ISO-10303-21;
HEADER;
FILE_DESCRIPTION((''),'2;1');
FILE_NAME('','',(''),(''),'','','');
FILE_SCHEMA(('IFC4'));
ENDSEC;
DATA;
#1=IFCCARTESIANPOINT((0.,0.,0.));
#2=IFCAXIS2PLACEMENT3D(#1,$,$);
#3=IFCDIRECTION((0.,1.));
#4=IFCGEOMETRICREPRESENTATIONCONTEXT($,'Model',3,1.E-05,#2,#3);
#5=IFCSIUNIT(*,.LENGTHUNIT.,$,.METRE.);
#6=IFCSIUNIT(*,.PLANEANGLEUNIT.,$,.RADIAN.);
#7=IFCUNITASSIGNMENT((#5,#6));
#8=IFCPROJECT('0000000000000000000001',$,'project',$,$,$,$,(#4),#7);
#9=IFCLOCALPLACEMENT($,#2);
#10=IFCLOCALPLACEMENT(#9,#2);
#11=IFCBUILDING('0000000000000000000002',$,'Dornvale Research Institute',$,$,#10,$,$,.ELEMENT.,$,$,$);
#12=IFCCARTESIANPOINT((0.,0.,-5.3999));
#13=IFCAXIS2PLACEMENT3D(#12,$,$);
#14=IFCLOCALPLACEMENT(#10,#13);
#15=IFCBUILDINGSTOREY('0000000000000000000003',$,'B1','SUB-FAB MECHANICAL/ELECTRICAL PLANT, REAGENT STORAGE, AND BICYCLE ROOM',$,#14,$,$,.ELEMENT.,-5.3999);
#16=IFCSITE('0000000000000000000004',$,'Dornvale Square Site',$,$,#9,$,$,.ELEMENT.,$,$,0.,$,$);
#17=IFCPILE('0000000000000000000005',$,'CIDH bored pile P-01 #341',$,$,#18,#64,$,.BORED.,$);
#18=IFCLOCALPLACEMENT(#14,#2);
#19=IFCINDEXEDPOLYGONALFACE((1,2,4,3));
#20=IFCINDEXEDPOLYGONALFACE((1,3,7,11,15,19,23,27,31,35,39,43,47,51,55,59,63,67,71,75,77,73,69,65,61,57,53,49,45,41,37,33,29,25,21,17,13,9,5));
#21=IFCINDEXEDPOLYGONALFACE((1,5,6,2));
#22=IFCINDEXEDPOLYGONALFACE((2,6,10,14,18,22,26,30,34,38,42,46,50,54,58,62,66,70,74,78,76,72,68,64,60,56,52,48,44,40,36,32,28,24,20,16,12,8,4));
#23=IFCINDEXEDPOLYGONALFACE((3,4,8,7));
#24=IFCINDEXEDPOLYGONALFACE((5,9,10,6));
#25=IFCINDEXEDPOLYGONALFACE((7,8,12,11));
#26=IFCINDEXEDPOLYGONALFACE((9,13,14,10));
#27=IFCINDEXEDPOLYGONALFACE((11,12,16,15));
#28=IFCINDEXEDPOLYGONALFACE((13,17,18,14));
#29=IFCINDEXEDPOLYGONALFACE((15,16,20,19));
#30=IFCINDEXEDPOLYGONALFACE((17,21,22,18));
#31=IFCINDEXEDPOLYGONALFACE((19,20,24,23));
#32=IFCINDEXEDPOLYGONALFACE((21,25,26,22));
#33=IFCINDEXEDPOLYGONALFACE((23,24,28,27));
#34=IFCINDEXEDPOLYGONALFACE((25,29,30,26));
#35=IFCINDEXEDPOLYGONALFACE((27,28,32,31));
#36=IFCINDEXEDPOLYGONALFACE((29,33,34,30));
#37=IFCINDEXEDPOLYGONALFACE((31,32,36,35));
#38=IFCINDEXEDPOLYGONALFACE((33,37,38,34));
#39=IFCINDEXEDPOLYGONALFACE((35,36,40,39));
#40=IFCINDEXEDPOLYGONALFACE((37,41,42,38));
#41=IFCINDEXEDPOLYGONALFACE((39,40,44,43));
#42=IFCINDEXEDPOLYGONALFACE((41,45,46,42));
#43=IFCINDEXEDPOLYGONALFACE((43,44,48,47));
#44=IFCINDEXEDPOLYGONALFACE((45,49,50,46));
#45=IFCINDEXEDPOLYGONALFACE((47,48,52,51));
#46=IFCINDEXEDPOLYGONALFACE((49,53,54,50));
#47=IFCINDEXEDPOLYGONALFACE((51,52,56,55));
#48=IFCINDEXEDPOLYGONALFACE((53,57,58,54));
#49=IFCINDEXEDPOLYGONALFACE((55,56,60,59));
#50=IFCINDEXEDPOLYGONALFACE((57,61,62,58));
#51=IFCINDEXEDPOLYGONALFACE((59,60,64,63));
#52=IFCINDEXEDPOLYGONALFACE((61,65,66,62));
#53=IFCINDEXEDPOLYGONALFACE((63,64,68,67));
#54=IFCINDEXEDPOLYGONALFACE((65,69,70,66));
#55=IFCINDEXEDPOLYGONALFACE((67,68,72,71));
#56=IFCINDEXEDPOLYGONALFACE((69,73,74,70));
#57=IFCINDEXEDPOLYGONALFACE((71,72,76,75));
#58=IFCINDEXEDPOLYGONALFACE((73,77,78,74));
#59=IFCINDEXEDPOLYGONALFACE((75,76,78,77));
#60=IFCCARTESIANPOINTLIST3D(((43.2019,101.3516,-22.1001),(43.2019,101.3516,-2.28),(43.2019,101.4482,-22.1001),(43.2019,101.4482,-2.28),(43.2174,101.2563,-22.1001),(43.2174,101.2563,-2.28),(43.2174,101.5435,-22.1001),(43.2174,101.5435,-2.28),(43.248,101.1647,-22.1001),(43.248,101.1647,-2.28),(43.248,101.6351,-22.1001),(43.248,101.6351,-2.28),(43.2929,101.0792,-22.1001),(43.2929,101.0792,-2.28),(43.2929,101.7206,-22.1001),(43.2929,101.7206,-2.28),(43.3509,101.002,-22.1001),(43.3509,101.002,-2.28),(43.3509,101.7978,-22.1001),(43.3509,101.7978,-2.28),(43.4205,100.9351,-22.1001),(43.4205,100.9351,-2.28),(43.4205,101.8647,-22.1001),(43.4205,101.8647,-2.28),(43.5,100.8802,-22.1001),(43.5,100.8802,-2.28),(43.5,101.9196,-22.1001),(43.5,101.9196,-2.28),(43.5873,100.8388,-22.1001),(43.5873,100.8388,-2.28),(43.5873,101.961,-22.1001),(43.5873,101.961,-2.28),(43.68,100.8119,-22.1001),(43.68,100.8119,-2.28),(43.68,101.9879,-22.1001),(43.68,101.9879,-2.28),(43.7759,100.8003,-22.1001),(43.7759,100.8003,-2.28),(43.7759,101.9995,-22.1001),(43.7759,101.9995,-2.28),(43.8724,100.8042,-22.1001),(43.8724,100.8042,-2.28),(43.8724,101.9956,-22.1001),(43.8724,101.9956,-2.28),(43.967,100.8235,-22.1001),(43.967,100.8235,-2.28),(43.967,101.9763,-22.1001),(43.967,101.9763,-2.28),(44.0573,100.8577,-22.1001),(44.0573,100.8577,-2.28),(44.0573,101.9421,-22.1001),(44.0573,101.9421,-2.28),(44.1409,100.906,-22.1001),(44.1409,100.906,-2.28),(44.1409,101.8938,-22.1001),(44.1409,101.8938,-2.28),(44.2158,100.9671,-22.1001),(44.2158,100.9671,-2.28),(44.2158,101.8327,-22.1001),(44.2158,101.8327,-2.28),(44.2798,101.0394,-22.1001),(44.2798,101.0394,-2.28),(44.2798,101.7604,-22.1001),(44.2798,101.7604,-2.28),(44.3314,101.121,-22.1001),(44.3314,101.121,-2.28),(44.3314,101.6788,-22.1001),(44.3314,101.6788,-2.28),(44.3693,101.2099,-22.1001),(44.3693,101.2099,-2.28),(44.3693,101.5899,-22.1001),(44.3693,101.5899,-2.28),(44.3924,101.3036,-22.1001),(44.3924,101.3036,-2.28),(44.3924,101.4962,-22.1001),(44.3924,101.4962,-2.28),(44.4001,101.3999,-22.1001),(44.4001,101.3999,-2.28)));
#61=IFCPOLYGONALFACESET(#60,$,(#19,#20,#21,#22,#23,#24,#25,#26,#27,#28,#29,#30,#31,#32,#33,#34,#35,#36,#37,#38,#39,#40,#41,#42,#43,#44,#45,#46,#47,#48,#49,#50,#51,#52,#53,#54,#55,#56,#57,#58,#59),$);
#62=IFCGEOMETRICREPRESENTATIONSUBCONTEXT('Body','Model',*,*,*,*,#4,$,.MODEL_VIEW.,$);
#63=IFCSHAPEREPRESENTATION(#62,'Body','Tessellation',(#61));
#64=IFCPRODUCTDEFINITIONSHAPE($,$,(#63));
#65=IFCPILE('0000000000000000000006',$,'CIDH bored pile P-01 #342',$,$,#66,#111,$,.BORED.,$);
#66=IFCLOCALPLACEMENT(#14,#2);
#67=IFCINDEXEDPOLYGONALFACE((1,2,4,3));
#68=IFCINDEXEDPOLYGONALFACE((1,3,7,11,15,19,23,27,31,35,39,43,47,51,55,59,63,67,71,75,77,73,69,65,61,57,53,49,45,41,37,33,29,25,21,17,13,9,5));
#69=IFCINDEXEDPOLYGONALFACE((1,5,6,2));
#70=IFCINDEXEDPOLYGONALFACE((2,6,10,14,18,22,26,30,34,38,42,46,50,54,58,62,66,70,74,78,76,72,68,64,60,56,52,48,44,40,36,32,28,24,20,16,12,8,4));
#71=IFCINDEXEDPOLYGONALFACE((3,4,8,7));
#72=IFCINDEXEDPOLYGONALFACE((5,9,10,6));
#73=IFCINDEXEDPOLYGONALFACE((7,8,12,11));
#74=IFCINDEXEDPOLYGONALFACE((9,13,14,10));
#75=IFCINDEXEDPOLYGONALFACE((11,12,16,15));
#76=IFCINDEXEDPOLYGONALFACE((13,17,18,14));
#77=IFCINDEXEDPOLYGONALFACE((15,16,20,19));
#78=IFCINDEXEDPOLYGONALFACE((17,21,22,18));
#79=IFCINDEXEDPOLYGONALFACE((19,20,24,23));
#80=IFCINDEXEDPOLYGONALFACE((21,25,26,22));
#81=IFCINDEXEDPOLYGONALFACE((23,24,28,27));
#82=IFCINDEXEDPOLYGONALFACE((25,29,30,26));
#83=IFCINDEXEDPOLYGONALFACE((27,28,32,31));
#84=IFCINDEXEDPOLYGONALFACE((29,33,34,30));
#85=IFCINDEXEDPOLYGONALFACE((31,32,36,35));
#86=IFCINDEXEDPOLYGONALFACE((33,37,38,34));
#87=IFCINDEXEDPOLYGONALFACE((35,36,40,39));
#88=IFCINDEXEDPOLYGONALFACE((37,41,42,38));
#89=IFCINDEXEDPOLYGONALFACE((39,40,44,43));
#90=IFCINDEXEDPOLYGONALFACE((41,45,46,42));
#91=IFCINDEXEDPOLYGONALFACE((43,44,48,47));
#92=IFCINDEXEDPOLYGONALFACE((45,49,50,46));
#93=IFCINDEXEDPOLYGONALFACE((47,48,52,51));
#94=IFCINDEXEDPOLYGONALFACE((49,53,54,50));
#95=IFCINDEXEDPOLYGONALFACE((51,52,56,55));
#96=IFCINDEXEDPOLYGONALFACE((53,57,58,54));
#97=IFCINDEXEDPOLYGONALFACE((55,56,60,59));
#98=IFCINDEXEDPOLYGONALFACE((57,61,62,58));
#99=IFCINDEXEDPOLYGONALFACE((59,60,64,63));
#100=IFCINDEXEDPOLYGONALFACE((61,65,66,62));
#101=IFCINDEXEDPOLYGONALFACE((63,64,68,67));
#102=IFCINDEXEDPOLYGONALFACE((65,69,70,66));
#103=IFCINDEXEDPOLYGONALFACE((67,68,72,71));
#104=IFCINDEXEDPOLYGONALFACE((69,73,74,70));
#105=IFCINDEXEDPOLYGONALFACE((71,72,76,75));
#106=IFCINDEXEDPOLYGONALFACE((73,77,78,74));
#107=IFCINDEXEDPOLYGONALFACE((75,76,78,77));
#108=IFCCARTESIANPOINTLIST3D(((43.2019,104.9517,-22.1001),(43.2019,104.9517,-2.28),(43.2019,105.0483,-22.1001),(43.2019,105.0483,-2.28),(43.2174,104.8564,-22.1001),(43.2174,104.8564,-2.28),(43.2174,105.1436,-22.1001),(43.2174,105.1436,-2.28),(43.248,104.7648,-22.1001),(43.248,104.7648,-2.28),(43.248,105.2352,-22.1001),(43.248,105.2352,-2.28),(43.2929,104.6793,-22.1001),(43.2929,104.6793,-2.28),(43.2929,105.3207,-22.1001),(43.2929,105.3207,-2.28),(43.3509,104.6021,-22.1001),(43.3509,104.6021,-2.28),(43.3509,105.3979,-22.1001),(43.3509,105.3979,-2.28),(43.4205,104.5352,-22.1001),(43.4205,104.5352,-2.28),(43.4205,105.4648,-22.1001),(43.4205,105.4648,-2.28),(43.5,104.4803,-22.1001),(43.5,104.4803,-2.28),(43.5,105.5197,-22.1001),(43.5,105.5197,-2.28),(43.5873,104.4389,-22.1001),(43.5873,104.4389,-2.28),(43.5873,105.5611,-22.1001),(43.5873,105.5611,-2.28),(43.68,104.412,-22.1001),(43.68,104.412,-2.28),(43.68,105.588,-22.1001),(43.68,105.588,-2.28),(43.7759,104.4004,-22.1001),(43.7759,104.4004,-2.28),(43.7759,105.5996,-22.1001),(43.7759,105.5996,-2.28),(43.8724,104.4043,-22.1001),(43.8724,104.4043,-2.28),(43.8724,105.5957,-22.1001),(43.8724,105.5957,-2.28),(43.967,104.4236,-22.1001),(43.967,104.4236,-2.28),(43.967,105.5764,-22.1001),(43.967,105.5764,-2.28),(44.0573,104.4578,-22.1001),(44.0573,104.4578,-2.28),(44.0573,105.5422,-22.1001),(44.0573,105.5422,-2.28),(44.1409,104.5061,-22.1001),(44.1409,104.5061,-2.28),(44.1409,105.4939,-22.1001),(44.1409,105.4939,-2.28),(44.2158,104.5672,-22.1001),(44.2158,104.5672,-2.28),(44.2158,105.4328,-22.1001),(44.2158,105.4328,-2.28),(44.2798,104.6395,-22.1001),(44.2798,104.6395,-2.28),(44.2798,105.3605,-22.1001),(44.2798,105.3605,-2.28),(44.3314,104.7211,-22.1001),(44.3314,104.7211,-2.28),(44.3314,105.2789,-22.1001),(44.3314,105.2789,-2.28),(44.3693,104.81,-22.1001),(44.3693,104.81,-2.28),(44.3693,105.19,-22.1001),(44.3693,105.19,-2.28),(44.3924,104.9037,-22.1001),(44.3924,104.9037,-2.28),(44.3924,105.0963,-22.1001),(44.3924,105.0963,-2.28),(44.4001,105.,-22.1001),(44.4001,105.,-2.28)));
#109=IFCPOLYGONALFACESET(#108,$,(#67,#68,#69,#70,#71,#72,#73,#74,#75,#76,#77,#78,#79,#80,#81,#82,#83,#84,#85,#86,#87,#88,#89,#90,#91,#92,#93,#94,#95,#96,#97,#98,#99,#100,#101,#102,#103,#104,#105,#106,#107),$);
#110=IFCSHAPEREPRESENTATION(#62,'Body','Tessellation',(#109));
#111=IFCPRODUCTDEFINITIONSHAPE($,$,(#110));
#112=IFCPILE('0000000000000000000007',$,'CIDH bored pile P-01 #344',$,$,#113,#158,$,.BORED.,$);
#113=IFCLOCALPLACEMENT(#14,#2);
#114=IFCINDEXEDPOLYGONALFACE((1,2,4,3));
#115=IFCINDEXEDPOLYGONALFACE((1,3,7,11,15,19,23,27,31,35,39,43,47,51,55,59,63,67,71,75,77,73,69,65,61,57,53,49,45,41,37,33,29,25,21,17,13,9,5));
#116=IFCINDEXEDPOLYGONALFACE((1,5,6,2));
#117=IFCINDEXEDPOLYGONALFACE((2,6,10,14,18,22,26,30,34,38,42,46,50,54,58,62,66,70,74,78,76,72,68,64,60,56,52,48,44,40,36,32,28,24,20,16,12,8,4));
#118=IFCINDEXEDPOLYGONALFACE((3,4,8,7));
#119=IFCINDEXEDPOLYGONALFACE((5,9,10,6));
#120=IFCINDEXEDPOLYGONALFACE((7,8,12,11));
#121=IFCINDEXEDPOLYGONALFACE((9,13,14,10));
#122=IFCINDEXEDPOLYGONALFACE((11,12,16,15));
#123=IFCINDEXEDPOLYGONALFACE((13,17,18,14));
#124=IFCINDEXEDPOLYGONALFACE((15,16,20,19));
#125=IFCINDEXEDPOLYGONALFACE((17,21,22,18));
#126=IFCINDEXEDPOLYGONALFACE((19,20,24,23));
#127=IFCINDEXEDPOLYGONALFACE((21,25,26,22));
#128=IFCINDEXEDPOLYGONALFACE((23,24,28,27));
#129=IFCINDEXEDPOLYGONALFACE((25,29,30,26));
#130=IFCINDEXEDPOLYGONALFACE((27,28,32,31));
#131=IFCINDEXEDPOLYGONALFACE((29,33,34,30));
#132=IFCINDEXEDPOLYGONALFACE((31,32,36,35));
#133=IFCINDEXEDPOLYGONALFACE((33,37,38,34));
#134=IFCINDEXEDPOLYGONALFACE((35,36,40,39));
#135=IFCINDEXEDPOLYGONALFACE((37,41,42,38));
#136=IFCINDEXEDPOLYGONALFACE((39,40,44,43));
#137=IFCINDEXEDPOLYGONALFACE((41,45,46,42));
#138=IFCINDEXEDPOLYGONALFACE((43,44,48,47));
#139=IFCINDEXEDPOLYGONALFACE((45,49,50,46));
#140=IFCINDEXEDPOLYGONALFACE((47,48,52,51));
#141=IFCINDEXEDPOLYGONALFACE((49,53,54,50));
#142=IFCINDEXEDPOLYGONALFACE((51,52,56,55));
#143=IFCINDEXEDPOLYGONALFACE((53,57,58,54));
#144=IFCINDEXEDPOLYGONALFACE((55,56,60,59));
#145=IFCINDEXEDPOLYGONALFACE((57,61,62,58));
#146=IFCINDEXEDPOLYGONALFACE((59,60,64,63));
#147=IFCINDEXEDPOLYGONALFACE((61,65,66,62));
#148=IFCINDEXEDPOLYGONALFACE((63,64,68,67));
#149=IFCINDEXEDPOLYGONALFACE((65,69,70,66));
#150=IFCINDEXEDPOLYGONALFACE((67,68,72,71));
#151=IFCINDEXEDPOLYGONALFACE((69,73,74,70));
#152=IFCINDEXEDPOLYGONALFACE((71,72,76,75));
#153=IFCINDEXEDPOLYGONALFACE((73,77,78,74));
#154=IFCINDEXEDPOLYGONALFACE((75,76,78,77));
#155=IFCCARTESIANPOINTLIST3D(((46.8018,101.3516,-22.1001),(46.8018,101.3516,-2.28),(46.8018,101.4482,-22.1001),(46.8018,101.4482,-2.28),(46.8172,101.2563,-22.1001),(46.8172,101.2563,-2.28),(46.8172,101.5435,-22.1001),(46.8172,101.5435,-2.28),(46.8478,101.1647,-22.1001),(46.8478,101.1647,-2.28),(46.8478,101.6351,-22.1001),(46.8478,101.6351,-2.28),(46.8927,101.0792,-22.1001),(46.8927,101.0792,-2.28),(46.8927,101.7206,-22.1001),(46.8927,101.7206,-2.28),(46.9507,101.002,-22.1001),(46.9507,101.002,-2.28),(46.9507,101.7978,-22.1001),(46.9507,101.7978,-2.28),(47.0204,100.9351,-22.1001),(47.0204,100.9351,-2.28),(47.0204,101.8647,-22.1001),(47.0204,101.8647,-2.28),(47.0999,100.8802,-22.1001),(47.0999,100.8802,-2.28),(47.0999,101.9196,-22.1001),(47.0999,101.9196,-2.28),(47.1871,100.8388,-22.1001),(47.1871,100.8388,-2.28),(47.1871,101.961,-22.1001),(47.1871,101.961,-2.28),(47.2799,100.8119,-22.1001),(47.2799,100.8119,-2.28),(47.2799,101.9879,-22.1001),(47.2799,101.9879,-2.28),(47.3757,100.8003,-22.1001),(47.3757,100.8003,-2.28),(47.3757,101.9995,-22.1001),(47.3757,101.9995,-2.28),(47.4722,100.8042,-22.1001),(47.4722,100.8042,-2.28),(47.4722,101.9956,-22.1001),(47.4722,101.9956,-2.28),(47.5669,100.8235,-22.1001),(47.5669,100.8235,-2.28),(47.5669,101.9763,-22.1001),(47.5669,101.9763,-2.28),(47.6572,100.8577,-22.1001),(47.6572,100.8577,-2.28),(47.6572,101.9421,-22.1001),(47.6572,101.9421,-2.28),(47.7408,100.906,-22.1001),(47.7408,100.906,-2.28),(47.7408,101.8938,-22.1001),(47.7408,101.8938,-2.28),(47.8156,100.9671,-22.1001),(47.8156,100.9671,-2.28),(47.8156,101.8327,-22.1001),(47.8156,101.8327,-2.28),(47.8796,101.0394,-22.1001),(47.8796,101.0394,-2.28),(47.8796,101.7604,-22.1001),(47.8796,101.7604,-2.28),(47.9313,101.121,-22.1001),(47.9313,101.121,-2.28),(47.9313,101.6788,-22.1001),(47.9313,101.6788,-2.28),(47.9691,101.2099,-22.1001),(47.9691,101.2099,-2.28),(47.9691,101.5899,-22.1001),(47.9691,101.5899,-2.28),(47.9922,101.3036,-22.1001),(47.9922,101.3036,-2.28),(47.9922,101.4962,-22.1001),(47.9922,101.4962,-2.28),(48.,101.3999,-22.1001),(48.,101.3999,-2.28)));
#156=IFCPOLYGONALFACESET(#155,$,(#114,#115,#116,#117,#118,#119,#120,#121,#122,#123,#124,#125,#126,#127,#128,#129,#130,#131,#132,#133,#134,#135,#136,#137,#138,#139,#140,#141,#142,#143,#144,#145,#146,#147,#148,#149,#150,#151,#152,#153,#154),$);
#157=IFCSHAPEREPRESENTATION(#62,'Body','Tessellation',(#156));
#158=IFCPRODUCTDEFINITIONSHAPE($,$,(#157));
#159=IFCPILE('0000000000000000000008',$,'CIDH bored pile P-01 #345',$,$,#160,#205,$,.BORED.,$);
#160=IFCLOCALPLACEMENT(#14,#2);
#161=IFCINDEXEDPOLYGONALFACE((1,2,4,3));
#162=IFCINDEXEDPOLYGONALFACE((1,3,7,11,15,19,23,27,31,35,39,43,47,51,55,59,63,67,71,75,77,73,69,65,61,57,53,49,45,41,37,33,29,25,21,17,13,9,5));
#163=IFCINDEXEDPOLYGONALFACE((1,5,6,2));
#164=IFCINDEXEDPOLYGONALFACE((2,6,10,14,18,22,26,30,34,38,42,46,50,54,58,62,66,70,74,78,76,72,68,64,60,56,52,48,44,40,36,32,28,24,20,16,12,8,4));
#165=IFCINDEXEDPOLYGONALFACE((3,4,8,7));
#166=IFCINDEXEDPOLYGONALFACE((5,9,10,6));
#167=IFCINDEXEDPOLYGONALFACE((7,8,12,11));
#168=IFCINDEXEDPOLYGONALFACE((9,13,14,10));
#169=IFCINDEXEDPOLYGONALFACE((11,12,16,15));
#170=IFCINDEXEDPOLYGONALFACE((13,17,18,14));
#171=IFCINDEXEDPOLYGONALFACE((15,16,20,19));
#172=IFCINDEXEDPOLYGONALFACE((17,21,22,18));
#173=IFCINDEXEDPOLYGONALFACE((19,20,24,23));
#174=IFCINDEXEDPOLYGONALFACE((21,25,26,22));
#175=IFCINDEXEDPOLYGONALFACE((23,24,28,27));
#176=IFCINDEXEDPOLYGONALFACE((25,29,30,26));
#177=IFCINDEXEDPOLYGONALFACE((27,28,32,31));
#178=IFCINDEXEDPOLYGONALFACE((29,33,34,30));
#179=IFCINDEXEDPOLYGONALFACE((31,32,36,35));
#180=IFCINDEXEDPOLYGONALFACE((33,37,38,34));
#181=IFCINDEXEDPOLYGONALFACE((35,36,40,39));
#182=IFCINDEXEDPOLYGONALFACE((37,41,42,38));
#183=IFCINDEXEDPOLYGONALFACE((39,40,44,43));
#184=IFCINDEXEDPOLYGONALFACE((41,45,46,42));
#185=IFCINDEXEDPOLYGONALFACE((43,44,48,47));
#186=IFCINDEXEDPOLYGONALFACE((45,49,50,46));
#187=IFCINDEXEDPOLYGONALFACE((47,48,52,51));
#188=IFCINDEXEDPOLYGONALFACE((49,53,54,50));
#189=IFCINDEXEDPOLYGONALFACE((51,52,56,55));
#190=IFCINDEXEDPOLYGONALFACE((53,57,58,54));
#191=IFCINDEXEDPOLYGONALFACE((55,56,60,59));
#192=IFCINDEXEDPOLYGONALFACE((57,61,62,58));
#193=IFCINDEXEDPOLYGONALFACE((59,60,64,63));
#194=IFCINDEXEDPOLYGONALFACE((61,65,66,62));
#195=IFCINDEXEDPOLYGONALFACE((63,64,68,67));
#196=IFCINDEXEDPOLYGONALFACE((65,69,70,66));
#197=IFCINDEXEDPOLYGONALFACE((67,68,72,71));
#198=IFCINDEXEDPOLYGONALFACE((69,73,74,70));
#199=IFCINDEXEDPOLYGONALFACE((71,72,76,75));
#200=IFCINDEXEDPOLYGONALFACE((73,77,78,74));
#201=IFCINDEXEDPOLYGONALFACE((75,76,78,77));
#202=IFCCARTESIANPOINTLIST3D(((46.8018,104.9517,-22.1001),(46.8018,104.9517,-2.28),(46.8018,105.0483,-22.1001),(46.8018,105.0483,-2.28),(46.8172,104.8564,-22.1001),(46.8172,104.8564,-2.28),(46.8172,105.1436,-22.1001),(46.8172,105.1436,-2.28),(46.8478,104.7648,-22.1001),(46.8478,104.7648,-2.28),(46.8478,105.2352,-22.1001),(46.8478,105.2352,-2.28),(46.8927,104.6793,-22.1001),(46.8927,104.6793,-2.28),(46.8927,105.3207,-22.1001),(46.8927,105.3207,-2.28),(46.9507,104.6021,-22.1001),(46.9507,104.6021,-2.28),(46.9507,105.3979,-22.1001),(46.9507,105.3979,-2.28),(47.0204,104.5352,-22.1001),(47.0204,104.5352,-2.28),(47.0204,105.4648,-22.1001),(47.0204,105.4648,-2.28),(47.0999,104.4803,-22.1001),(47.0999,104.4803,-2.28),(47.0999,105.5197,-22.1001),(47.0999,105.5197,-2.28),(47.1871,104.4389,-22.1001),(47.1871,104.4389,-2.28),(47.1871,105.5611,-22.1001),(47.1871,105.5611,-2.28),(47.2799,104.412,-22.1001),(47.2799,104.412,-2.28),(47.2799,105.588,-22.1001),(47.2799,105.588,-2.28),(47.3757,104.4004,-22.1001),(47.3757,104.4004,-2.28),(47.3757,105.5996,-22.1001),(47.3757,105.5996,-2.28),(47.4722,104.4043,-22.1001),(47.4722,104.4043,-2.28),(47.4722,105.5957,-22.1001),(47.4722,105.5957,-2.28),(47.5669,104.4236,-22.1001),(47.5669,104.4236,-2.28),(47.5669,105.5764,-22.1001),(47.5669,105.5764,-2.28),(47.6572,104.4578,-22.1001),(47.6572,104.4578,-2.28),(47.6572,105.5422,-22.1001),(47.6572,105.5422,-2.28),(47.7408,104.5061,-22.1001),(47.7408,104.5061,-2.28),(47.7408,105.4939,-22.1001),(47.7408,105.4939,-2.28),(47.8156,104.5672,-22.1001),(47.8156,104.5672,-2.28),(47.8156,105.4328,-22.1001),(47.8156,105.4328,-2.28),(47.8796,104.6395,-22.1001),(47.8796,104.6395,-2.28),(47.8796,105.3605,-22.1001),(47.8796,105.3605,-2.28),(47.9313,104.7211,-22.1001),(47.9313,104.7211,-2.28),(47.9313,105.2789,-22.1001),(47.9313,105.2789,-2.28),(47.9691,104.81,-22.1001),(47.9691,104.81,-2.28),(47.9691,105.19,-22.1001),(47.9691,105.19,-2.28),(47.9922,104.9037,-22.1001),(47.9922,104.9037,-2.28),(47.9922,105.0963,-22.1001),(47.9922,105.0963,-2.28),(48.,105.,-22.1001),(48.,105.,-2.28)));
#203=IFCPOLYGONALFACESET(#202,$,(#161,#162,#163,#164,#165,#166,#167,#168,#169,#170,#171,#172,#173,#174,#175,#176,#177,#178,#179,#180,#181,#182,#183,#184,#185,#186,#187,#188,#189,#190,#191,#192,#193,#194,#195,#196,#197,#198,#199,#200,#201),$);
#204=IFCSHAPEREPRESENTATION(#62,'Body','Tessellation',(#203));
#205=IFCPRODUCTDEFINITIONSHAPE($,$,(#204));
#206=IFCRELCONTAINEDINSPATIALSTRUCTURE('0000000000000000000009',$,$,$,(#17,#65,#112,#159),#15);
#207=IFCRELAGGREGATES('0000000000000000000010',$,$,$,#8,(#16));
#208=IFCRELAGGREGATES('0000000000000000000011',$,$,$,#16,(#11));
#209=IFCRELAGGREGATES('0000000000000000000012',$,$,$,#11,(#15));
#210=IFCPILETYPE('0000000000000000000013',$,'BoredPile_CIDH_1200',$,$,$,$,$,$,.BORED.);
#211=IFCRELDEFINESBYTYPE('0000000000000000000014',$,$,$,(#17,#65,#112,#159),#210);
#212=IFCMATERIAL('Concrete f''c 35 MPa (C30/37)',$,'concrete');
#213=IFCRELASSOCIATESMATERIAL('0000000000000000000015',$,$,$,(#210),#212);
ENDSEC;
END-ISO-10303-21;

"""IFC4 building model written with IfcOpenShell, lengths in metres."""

from ifc_helpers import new_model, si_unit, direction, frame, origin, origin_2d, place, context, subcontext, project, spatial, circle, extrude, material, material_profile, profile_set, type_object, element, save


model = new_model("IFC4")

# Units and contexts
model_context = context("Model", 3, precision=1e-05, world=origin(), true_north=direction((0.0, 1.0)))
body_context = subcontext(model_context, "Body", "Model", "MODEL_VIEW")
ifc_project = project(units=[si_unit("LENGTHUNIT", "METRE"), si_unit("PLANEANGLEUNIT", "RADIAN")], contexts=[model_context])

# Site, building, storey
site_placement = place(None, origin())
site = spatial("IfcSite", under=ifc_project, at=site_placement, Name="Dornvale Square Site", CompositionType="ELEMENT", RefElevation=0.0)
building_placement = place(site_placement, origin())
building = spatial("IfcBuilding", under=site, at=building_placement, Name="Dornvale Research Institute", CompositionType="ELEMENT")
storey_placement = place(building_placement, frame((0.0, 0.0, -5.3999)))
storey = spatial("IfcBuildingStorey", under=building, at=storey_placement, Name="B1", Description="SUB-FAB MECHANICAL/ELECTRICAL PLANT, REAGENT STORAGE, AND BICYCLE ROOM", CompositionType="ELEMENT", Elevation=-5.3999)

# Piles
ifc_material_1 = material(Name="Concrete f'c 35 MPa (C30/37)", Category="concrete")
ifc_material_profile_1 = material_profile(ifc_material_1, circle(Radius=0.6001, at=origin_2d()), Name="CIDH PILE D1200")
ifc_profile_set_1 = profile_set([ifc_material_profile_1], Name="Concrete f'c 35 MPa (C30/37)")
pile_type = type_object("IfcPileType", Name="BoredPile_CIDH_1200", PredefinedType="BORED", material=ifc_profile_set_1)
for number, where, z_axis, x_axis, name in (
    (1, (43.8, 101.3999, -2.28), (0.0, 0.0, -1.0), (1.0, 0.0, 0.0), "CIDH bored pile P-01 #341"),
    (2, (43.8, 105.0, -2.28), (0.0, 0.0, -1.0), (1.0, 0.0, 0.0), "CIDH bored pile P-01 #342"),
    (3, (47.3999, 101.3999, -2.28), (0.0, 0.0, -1.0), (1.0, 0.0, 0.0), "CIDH bored pile P-01 #344"),
    (4, (47.3999, 105.0, -2.28), (0.0, 0.0, -1.0), (1.0, 0.0, 0.0), "CIDH bored pile P-01 #345"),
):
    element("IfcPile", number, at=place(storey_placement, frame(where, z_axis=z_axis, x_axis=x_axis)), inside=storey, type_object=pile_type, Name=name, PredefinedType="BORED", context=body_context, shape_type="SweptSolid", body=[
        extrude(circle(Radius=0.6001, at=origin_2d()), origin(), (0.0, 0.0, 1.0), 19.8201),
    ])

save(model, "model.ifc")
